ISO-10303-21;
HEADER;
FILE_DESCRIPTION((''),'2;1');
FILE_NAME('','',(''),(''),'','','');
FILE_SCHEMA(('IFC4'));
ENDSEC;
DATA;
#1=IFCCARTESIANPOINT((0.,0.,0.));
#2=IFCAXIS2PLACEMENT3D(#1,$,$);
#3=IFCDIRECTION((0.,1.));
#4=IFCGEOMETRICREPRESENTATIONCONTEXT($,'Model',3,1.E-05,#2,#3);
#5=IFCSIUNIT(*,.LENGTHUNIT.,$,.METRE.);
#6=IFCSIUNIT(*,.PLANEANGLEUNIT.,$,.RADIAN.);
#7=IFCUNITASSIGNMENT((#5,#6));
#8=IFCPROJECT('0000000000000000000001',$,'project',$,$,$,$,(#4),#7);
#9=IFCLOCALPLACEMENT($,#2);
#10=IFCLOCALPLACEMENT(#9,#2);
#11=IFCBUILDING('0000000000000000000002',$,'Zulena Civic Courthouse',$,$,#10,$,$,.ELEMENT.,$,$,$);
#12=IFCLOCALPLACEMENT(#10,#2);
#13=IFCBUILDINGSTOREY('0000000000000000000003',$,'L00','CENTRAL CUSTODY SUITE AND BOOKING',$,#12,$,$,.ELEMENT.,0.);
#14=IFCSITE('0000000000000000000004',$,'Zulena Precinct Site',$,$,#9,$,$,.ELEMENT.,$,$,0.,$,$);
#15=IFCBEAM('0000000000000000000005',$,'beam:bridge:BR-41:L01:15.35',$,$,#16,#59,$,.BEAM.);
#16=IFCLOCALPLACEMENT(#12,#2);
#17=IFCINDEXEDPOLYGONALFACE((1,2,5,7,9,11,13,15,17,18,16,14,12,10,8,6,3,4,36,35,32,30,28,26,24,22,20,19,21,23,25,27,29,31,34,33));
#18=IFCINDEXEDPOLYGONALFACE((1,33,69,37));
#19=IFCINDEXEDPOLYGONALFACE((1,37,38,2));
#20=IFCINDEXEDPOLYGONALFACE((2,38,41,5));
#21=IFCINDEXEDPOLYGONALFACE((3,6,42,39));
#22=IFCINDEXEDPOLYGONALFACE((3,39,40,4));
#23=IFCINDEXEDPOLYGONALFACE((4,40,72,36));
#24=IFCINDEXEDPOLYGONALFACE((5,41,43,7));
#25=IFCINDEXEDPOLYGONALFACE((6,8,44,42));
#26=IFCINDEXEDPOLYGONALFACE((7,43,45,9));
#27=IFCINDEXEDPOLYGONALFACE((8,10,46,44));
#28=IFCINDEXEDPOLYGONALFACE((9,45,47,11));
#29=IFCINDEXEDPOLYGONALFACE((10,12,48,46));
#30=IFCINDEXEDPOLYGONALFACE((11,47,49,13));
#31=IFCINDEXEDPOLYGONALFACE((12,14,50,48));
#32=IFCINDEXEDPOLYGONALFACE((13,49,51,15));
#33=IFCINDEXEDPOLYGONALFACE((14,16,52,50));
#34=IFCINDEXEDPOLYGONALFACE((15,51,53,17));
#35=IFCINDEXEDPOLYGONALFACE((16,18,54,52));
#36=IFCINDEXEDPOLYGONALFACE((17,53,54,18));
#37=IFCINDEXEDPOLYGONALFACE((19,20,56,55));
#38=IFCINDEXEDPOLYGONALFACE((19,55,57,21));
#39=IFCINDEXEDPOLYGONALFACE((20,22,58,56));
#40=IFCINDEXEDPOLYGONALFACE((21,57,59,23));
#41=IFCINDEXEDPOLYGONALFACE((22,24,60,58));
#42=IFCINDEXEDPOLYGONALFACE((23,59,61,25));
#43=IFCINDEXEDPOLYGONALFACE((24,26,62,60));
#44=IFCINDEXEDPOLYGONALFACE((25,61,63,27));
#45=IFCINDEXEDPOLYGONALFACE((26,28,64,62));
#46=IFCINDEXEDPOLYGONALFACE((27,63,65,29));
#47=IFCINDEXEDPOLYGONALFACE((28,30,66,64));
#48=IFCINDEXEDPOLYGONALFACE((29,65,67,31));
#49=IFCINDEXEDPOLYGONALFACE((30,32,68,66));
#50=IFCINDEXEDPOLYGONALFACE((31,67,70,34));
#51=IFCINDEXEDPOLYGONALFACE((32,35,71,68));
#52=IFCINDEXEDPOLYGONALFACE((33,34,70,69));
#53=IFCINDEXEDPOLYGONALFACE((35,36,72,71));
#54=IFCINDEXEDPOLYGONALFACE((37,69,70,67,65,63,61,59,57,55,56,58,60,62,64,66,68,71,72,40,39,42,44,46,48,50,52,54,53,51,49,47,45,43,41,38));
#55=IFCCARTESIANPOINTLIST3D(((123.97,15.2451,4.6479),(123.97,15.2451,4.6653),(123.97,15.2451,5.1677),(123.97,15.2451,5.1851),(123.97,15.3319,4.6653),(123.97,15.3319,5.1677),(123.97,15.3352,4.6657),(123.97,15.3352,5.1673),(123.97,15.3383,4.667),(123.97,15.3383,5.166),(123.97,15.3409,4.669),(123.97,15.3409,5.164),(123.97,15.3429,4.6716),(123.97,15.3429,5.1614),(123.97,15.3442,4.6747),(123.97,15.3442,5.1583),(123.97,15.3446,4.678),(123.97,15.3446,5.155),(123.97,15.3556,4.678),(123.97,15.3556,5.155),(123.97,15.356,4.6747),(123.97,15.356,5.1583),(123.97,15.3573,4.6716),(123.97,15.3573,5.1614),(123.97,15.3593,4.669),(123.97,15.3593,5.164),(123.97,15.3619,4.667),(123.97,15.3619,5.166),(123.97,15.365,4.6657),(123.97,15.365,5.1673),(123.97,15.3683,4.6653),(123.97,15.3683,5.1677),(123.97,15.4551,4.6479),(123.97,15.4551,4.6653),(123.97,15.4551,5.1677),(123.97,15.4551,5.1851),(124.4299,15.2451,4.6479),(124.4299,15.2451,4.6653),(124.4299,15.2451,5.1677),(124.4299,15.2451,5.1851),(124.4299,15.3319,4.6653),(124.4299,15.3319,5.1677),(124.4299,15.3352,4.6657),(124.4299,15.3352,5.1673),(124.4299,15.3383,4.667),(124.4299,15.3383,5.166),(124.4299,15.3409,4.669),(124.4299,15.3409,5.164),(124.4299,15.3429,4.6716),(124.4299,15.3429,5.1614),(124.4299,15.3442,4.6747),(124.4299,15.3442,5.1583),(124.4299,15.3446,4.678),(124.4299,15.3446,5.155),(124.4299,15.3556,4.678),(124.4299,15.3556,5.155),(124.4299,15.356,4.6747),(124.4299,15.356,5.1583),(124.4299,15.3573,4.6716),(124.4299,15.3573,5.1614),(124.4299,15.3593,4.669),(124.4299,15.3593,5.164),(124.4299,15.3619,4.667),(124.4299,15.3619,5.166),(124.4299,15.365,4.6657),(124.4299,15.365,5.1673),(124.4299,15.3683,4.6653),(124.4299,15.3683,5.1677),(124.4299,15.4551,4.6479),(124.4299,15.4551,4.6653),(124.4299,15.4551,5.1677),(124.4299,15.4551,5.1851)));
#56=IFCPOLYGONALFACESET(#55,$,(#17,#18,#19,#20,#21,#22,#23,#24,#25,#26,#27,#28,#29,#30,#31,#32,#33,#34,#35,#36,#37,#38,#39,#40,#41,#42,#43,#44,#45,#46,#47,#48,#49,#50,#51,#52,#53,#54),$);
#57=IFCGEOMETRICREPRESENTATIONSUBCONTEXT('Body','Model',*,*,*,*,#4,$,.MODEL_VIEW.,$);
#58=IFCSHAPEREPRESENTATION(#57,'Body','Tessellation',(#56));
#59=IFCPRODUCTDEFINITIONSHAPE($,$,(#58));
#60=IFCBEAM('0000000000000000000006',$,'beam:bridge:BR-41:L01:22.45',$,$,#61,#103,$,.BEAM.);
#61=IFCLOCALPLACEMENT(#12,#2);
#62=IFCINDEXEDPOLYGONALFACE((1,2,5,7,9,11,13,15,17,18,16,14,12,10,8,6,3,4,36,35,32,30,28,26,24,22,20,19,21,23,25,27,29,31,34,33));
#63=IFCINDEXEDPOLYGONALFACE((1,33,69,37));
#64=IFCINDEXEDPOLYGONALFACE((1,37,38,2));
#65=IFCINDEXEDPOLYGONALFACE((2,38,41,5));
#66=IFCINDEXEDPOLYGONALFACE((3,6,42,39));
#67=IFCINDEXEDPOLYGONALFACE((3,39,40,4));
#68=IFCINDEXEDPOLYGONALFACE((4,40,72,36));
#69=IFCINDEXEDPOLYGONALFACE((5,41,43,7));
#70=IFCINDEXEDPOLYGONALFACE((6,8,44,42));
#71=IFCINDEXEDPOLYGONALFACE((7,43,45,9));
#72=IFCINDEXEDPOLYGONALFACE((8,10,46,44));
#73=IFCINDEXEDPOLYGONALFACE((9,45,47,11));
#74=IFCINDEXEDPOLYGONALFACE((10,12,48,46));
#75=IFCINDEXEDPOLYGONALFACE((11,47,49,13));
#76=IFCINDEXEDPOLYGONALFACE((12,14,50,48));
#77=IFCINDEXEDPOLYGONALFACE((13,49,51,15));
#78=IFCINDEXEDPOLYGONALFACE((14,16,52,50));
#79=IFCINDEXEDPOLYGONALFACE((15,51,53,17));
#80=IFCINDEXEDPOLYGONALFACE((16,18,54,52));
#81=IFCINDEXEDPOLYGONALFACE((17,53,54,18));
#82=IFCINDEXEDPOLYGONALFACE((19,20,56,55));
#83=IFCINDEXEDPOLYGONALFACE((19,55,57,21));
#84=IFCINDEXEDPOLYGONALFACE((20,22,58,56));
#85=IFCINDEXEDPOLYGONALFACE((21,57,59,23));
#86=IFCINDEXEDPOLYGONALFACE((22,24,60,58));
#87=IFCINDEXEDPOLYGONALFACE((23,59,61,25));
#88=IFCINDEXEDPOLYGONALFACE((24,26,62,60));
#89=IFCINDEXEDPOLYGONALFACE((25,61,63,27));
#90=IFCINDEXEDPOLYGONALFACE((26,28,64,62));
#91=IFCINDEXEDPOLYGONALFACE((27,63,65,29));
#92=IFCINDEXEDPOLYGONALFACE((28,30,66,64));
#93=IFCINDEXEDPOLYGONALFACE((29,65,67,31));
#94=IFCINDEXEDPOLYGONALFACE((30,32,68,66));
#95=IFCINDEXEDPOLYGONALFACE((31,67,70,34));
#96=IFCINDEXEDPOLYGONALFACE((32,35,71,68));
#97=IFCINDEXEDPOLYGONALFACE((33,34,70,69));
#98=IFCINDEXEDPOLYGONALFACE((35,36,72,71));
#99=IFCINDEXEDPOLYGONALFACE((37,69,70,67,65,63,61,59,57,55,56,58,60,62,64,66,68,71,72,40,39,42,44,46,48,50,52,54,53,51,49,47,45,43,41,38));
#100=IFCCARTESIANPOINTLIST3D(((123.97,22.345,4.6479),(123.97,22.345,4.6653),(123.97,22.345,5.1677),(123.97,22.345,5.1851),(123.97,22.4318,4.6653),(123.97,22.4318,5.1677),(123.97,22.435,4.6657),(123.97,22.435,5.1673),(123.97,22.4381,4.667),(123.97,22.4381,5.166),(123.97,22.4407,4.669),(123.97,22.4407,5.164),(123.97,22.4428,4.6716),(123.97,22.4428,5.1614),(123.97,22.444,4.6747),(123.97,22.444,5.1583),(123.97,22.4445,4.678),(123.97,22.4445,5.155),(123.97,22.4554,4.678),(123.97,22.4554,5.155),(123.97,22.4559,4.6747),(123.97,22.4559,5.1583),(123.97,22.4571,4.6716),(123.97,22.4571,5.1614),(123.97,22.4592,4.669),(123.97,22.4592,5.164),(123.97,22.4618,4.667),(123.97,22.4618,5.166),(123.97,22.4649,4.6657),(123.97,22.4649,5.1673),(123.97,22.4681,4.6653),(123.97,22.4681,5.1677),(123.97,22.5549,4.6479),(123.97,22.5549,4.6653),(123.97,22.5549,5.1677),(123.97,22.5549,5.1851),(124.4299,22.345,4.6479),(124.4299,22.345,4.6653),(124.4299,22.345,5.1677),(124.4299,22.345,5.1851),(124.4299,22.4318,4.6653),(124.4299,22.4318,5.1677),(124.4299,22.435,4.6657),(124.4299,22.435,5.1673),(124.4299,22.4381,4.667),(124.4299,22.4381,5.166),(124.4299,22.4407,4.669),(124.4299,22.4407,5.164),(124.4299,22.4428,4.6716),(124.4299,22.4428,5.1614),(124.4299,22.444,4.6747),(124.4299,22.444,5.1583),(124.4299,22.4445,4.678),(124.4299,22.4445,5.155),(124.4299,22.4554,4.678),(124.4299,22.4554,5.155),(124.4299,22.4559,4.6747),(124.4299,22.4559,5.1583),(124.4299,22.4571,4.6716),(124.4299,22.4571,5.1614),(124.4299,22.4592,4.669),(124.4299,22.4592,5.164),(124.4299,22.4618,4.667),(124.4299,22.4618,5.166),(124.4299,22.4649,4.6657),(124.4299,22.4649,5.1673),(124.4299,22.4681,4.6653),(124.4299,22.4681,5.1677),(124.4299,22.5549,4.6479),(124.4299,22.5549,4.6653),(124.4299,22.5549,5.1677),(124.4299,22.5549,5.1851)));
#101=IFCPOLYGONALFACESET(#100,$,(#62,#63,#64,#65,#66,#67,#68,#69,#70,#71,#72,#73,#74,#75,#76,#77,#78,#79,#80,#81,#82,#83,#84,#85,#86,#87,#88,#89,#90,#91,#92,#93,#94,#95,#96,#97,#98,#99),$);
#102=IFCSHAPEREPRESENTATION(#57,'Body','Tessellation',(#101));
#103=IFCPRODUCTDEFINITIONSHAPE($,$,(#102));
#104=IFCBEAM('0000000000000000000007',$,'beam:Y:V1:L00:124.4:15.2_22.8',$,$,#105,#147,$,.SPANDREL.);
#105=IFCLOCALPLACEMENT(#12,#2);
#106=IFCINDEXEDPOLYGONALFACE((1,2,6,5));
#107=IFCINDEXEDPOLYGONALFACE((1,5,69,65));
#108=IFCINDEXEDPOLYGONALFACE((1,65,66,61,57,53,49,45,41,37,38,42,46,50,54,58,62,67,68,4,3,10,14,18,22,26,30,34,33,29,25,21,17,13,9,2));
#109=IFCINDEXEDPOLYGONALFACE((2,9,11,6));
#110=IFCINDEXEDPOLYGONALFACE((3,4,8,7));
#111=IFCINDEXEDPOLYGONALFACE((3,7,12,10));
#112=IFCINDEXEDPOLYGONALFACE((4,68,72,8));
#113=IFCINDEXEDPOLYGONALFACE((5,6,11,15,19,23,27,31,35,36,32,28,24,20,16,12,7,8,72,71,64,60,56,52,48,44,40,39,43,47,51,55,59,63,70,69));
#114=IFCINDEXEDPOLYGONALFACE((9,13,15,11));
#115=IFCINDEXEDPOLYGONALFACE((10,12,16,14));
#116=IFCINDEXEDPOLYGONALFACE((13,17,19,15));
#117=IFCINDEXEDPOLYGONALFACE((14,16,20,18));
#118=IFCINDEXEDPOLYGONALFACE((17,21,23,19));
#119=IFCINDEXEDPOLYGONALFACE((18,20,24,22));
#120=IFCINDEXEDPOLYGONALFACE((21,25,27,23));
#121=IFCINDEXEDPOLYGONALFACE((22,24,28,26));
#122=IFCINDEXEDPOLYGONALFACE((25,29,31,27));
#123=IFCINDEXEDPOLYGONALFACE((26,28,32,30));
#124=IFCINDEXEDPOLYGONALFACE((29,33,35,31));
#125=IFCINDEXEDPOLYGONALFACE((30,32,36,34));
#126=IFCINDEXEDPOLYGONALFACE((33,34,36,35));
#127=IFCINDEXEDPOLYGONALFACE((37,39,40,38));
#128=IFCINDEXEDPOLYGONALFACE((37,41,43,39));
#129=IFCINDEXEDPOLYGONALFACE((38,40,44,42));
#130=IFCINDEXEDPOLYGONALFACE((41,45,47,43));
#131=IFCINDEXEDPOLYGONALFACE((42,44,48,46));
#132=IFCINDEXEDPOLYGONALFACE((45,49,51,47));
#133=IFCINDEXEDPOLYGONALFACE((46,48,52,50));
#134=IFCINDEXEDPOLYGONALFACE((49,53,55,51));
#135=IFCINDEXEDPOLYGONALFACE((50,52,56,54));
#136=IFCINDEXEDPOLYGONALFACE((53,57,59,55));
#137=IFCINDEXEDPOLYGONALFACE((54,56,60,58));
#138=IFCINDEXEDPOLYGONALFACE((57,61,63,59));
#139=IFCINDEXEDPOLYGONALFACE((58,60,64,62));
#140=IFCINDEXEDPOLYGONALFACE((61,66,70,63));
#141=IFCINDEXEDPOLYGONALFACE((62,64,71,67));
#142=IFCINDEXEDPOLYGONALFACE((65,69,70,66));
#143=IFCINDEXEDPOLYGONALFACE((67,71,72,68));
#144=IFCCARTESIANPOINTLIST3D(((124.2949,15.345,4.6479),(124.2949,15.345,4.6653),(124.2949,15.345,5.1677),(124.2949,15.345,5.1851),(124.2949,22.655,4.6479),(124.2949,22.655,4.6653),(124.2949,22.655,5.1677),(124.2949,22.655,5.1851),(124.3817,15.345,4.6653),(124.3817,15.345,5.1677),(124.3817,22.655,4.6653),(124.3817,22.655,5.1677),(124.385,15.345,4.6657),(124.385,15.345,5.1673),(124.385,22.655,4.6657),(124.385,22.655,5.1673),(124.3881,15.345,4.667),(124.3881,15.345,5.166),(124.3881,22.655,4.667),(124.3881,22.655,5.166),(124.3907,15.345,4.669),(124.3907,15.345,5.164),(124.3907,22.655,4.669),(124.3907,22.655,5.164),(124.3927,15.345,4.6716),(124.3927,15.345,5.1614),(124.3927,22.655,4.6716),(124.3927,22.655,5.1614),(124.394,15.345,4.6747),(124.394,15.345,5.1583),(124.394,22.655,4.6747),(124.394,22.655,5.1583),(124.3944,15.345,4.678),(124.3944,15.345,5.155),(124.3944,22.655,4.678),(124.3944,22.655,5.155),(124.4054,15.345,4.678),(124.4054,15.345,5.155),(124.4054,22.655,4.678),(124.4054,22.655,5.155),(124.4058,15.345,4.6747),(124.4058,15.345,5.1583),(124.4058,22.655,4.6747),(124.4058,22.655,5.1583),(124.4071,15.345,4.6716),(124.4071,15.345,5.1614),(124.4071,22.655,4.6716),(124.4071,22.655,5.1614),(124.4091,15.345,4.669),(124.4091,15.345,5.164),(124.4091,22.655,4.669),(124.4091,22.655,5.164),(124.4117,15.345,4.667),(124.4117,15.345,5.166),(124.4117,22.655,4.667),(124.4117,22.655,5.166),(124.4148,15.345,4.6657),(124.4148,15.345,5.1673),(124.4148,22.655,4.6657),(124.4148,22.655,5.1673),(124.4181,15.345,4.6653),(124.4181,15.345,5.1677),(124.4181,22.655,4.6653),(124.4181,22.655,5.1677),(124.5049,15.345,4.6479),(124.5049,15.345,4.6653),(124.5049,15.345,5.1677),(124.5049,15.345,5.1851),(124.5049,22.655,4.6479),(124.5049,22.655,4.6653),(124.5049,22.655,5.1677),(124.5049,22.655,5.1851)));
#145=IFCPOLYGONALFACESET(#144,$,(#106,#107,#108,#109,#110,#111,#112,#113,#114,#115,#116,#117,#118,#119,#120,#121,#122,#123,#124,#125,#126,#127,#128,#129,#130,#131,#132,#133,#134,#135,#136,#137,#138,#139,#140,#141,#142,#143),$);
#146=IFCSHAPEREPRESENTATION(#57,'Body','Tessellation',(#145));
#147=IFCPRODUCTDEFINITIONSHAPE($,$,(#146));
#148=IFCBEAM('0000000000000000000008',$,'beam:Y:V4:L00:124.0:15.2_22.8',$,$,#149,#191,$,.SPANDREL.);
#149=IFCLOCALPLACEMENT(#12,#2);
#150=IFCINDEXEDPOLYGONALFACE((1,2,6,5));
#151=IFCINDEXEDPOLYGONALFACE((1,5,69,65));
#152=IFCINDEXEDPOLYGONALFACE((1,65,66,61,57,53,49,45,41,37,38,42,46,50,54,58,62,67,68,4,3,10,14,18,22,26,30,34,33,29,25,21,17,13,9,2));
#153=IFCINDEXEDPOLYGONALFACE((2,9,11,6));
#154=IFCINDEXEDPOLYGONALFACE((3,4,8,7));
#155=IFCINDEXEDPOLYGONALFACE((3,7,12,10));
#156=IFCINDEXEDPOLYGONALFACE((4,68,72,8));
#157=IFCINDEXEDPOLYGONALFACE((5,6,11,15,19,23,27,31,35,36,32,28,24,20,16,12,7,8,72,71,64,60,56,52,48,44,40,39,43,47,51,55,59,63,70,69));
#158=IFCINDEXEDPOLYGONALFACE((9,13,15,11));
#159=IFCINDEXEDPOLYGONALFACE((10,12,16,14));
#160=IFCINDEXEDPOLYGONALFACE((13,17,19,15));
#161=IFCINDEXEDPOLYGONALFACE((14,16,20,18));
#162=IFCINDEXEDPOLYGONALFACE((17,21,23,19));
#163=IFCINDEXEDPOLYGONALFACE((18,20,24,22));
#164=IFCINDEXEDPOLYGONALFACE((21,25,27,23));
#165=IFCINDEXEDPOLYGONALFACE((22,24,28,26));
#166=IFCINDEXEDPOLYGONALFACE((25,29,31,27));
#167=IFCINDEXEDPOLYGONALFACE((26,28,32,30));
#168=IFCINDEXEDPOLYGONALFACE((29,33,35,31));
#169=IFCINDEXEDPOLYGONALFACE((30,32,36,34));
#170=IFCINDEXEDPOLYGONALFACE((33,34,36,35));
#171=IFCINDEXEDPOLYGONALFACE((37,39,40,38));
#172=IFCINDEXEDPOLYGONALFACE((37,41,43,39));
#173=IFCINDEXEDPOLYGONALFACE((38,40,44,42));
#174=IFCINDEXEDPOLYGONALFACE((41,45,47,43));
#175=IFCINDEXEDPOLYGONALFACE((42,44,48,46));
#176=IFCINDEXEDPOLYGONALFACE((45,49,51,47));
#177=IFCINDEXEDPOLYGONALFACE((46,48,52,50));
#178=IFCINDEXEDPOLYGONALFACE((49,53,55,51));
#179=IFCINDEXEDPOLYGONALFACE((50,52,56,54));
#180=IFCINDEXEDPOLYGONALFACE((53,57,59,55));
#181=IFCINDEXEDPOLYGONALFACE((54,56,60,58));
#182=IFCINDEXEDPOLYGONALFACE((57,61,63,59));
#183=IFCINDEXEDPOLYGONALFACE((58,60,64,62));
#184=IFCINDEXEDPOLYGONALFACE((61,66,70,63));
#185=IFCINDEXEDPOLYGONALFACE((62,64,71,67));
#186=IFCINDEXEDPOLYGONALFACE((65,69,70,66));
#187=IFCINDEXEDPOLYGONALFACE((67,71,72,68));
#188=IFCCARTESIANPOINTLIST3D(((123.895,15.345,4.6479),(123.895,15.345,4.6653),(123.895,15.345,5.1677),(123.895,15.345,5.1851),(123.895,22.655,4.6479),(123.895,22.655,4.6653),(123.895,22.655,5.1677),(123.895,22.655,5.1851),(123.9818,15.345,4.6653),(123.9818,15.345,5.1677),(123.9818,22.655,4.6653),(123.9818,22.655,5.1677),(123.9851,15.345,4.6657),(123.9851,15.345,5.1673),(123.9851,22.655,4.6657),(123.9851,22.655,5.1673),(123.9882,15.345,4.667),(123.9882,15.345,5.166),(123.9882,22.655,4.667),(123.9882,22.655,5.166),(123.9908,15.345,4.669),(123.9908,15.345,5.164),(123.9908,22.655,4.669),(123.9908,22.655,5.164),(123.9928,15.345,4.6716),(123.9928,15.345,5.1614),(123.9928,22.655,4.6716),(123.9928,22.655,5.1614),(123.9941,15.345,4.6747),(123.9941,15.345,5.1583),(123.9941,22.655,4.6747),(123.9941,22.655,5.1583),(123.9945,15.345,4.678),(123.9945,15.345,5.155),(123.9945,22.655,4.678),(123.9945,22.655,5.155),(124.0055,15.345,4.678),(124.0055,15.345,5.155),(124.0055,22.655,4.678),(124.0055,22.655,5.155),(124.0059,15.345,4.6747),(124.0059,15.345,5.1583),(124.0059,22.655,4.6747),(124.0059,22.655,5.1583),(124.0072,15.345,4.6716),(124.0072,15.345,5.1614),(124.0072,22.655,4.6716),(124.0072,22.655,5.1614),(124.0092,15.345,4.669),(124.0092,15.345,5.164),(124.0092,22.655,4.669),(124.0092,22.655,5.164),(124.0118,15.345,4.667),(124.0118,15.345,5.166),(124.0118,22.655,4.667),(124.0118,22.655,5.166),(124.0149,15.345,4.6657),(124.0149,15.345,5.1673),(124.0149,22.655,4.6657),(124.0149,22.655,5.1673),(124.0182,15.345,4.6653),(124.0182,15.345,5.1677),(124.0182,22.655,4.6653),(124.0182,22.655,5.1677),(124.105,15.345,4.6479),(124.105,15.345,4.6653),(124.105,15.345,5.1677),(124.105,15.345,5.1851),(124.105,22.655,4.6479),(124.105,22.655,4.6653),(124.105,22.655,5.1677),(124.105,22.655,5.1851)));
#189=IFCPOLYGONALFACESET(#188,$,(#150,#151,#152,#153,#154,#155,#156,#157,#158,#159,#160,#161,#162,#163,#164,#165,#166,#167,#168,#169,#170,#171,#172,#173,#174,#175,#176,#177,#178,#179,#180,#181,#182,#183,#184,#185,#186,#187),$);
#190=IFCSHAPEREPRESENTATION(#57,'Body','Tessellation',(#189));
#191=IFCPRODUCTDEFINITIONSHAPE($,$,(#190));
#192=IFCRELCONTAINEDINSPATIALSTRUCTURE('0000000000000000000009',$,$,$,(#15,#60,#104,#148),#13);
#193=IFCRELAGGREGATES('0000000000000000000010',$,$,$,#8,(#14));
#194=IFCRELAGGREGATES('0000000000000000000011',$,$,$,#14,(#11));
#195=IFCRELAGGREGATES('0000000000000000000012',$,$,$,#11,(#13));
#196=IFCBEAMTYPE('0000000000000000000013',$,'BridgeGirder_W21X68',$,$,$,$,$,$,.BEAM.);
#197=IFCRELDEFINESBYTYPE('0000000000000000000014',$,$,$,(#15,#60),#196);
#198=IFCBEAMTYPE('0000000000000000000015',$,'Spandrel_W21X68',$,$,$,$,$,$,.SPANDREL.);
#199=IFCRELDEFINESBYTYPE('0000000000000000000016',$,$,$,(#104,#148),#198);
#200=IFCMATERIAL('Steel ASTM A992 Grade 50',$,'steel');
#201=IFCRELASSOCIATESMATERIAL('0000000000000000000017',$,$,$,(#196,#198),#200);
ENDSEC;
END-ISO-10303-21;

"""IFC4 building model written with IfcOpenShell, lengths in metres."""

from ifc_helpers import new_model, si_unit, direction, frame, origin, origin_2d, place, context, subcontext, project, spatial, i_section, extrude, material, material_profile, profile_set, type_object, element, save


model = new_model("IFC4")

# Units and contexts
model_context = context("Model", 3, precision=1e-05, world=origin(), true_north=direction((0.0, 1.0)))
body_context = subcontext(model_context, "Body", "Model", "MODEL_VIEW")
ifc_project = project(units=[si_unit("LENGTHUNIT", "METRE"), si_unit("PLANEANGLEUNIT", "RADIAN")], contexts=[model_context])

# Site, building, storey
site_placement = place(None, origin())
site = spatial("IfcSite", under=ifc_project, at=site_placement, Name="Zulena Precinct Site", CompositionType="ELEMENT", RefElevation=0.0)
building_placement = place(site_placement, origin())
building = spatial("IfcBuilding", under=site, at=building_placement, Name="Zulena Civic Courthouse", CompositionType="ELEMENT")
storey_placement = place(building_placement, origin())
storey = spatial("IfcBuildingStorey", under=building, at=storey_placement, Name="L00", Description="CENTRAL CUSTODY SUITE AND BOOKING", CompositionType="ELEMENT", Elevation=0.0)

# Shared definitions
ifc_material_1 = material(Name="Steel ASTM A992 Grade 50", Category="steel")

# Beams
ifc_material_profile_1 = material_profile(ifc_material_1, i_section(OverallWidth=0.21, OverallDepth=0.5371, WebThickness=0.011, FlangeThickness=0.0173, FilletRadius=0.0127, at=origin_2d()), Name="W21X68")
ifc_profile_set_1 = profile_set([ifc_material_profile_1], Name="Steel ASTM A992 Grade 50")
beam_type_1 = type_object("IfcBeamType", Name="BridgeGirder_W21X68", PredefinedType="BEAM", material=ifc_profile_set_1)
for number, where, z_axis, x_axis, name in (
    (1, (123.97, 15.3501, 4.9165), (1.0, 0.0, 0.0), (0.0, 1.0, 0.0), "beam:bridge:BR-41:L01:15.35"),
    (2, (123.97, 22.45, 4.9165), (1.0, 0.0, 0.0), (0.0, 1.0, 0.0), "beam:bridge:BR-41:L01:22.45"),
):
    element("IfcBeam", number, at=place(storey_placement, frame(where, z_axis=z_axis, x_axis=x_axis)), inside=storey, type_object=beam_type_1, Name=name, PredefinedType="BEAM", context=body_context, shape_type="SweptSolid", body=[
        extrude(i_section(OverallWidth=0.21, OverallDepth=0.5371, WebThickness=0.011, FlangeThickness=0.0173, FilletRadius=0.0127, at=origin_2d()), origin(), (0.0, 0.0, 1.0), 0.46),
    ])
ifc_material_profile_2 = material_profile(ifc_material_1, i_section(OverallWidth=0.21, OverallDepth=0.5371, WebThickness=0.011, FlangeThickness=0.0173, FilletRadius=0.0127, at=origin_2d()), Name="W21X68")
ifc_profile_set_2 = profile_set([ifc_material_profile_2], Name="Steel ASTM A992 Grade 50")
beam_type_2 = type_object("IfcBeamType", Name="Spandrel_W21X68", PredefinedType="SPANDREL", material=ifc_profile_set_2)
for number, where, z_axis, x_axis, name in (
    (3, (124.3999, 15.345, 4.9165), (0.0, 1.0, 0.0), (-1.0, 0.0, 0.0), "beam:Y:V1:L00:124.4:15.2_22.8"),
    (4, (124.0, 15.345, 4.9165), (0.0, 1.0, 0.0), (-1.0, 0.0, 0.0), "beam:Y:V4:L00:124.0:15.2_22.8"),
):
    element("IfcBeam", number, at=place(storey_placement, frame(where, z_axis=z_axis, x_axis=x_axis)), inside=storey, type_object=beam_type_2, Name=name, PredefinedType="SPANDREL", context=body_context, shape_type="SweptSolid", body=[
        extrude(i_section(OverallWidth=0.21, OverallDepth=0.5371, WebThickness=0.011, FlangeThickness=0.0173, FilletRadius=0.0127, at=origin_2d()), origin(), (0.0, 0.0, 1.0), 7.3101),
    ])

save(model, "model.ifc")
